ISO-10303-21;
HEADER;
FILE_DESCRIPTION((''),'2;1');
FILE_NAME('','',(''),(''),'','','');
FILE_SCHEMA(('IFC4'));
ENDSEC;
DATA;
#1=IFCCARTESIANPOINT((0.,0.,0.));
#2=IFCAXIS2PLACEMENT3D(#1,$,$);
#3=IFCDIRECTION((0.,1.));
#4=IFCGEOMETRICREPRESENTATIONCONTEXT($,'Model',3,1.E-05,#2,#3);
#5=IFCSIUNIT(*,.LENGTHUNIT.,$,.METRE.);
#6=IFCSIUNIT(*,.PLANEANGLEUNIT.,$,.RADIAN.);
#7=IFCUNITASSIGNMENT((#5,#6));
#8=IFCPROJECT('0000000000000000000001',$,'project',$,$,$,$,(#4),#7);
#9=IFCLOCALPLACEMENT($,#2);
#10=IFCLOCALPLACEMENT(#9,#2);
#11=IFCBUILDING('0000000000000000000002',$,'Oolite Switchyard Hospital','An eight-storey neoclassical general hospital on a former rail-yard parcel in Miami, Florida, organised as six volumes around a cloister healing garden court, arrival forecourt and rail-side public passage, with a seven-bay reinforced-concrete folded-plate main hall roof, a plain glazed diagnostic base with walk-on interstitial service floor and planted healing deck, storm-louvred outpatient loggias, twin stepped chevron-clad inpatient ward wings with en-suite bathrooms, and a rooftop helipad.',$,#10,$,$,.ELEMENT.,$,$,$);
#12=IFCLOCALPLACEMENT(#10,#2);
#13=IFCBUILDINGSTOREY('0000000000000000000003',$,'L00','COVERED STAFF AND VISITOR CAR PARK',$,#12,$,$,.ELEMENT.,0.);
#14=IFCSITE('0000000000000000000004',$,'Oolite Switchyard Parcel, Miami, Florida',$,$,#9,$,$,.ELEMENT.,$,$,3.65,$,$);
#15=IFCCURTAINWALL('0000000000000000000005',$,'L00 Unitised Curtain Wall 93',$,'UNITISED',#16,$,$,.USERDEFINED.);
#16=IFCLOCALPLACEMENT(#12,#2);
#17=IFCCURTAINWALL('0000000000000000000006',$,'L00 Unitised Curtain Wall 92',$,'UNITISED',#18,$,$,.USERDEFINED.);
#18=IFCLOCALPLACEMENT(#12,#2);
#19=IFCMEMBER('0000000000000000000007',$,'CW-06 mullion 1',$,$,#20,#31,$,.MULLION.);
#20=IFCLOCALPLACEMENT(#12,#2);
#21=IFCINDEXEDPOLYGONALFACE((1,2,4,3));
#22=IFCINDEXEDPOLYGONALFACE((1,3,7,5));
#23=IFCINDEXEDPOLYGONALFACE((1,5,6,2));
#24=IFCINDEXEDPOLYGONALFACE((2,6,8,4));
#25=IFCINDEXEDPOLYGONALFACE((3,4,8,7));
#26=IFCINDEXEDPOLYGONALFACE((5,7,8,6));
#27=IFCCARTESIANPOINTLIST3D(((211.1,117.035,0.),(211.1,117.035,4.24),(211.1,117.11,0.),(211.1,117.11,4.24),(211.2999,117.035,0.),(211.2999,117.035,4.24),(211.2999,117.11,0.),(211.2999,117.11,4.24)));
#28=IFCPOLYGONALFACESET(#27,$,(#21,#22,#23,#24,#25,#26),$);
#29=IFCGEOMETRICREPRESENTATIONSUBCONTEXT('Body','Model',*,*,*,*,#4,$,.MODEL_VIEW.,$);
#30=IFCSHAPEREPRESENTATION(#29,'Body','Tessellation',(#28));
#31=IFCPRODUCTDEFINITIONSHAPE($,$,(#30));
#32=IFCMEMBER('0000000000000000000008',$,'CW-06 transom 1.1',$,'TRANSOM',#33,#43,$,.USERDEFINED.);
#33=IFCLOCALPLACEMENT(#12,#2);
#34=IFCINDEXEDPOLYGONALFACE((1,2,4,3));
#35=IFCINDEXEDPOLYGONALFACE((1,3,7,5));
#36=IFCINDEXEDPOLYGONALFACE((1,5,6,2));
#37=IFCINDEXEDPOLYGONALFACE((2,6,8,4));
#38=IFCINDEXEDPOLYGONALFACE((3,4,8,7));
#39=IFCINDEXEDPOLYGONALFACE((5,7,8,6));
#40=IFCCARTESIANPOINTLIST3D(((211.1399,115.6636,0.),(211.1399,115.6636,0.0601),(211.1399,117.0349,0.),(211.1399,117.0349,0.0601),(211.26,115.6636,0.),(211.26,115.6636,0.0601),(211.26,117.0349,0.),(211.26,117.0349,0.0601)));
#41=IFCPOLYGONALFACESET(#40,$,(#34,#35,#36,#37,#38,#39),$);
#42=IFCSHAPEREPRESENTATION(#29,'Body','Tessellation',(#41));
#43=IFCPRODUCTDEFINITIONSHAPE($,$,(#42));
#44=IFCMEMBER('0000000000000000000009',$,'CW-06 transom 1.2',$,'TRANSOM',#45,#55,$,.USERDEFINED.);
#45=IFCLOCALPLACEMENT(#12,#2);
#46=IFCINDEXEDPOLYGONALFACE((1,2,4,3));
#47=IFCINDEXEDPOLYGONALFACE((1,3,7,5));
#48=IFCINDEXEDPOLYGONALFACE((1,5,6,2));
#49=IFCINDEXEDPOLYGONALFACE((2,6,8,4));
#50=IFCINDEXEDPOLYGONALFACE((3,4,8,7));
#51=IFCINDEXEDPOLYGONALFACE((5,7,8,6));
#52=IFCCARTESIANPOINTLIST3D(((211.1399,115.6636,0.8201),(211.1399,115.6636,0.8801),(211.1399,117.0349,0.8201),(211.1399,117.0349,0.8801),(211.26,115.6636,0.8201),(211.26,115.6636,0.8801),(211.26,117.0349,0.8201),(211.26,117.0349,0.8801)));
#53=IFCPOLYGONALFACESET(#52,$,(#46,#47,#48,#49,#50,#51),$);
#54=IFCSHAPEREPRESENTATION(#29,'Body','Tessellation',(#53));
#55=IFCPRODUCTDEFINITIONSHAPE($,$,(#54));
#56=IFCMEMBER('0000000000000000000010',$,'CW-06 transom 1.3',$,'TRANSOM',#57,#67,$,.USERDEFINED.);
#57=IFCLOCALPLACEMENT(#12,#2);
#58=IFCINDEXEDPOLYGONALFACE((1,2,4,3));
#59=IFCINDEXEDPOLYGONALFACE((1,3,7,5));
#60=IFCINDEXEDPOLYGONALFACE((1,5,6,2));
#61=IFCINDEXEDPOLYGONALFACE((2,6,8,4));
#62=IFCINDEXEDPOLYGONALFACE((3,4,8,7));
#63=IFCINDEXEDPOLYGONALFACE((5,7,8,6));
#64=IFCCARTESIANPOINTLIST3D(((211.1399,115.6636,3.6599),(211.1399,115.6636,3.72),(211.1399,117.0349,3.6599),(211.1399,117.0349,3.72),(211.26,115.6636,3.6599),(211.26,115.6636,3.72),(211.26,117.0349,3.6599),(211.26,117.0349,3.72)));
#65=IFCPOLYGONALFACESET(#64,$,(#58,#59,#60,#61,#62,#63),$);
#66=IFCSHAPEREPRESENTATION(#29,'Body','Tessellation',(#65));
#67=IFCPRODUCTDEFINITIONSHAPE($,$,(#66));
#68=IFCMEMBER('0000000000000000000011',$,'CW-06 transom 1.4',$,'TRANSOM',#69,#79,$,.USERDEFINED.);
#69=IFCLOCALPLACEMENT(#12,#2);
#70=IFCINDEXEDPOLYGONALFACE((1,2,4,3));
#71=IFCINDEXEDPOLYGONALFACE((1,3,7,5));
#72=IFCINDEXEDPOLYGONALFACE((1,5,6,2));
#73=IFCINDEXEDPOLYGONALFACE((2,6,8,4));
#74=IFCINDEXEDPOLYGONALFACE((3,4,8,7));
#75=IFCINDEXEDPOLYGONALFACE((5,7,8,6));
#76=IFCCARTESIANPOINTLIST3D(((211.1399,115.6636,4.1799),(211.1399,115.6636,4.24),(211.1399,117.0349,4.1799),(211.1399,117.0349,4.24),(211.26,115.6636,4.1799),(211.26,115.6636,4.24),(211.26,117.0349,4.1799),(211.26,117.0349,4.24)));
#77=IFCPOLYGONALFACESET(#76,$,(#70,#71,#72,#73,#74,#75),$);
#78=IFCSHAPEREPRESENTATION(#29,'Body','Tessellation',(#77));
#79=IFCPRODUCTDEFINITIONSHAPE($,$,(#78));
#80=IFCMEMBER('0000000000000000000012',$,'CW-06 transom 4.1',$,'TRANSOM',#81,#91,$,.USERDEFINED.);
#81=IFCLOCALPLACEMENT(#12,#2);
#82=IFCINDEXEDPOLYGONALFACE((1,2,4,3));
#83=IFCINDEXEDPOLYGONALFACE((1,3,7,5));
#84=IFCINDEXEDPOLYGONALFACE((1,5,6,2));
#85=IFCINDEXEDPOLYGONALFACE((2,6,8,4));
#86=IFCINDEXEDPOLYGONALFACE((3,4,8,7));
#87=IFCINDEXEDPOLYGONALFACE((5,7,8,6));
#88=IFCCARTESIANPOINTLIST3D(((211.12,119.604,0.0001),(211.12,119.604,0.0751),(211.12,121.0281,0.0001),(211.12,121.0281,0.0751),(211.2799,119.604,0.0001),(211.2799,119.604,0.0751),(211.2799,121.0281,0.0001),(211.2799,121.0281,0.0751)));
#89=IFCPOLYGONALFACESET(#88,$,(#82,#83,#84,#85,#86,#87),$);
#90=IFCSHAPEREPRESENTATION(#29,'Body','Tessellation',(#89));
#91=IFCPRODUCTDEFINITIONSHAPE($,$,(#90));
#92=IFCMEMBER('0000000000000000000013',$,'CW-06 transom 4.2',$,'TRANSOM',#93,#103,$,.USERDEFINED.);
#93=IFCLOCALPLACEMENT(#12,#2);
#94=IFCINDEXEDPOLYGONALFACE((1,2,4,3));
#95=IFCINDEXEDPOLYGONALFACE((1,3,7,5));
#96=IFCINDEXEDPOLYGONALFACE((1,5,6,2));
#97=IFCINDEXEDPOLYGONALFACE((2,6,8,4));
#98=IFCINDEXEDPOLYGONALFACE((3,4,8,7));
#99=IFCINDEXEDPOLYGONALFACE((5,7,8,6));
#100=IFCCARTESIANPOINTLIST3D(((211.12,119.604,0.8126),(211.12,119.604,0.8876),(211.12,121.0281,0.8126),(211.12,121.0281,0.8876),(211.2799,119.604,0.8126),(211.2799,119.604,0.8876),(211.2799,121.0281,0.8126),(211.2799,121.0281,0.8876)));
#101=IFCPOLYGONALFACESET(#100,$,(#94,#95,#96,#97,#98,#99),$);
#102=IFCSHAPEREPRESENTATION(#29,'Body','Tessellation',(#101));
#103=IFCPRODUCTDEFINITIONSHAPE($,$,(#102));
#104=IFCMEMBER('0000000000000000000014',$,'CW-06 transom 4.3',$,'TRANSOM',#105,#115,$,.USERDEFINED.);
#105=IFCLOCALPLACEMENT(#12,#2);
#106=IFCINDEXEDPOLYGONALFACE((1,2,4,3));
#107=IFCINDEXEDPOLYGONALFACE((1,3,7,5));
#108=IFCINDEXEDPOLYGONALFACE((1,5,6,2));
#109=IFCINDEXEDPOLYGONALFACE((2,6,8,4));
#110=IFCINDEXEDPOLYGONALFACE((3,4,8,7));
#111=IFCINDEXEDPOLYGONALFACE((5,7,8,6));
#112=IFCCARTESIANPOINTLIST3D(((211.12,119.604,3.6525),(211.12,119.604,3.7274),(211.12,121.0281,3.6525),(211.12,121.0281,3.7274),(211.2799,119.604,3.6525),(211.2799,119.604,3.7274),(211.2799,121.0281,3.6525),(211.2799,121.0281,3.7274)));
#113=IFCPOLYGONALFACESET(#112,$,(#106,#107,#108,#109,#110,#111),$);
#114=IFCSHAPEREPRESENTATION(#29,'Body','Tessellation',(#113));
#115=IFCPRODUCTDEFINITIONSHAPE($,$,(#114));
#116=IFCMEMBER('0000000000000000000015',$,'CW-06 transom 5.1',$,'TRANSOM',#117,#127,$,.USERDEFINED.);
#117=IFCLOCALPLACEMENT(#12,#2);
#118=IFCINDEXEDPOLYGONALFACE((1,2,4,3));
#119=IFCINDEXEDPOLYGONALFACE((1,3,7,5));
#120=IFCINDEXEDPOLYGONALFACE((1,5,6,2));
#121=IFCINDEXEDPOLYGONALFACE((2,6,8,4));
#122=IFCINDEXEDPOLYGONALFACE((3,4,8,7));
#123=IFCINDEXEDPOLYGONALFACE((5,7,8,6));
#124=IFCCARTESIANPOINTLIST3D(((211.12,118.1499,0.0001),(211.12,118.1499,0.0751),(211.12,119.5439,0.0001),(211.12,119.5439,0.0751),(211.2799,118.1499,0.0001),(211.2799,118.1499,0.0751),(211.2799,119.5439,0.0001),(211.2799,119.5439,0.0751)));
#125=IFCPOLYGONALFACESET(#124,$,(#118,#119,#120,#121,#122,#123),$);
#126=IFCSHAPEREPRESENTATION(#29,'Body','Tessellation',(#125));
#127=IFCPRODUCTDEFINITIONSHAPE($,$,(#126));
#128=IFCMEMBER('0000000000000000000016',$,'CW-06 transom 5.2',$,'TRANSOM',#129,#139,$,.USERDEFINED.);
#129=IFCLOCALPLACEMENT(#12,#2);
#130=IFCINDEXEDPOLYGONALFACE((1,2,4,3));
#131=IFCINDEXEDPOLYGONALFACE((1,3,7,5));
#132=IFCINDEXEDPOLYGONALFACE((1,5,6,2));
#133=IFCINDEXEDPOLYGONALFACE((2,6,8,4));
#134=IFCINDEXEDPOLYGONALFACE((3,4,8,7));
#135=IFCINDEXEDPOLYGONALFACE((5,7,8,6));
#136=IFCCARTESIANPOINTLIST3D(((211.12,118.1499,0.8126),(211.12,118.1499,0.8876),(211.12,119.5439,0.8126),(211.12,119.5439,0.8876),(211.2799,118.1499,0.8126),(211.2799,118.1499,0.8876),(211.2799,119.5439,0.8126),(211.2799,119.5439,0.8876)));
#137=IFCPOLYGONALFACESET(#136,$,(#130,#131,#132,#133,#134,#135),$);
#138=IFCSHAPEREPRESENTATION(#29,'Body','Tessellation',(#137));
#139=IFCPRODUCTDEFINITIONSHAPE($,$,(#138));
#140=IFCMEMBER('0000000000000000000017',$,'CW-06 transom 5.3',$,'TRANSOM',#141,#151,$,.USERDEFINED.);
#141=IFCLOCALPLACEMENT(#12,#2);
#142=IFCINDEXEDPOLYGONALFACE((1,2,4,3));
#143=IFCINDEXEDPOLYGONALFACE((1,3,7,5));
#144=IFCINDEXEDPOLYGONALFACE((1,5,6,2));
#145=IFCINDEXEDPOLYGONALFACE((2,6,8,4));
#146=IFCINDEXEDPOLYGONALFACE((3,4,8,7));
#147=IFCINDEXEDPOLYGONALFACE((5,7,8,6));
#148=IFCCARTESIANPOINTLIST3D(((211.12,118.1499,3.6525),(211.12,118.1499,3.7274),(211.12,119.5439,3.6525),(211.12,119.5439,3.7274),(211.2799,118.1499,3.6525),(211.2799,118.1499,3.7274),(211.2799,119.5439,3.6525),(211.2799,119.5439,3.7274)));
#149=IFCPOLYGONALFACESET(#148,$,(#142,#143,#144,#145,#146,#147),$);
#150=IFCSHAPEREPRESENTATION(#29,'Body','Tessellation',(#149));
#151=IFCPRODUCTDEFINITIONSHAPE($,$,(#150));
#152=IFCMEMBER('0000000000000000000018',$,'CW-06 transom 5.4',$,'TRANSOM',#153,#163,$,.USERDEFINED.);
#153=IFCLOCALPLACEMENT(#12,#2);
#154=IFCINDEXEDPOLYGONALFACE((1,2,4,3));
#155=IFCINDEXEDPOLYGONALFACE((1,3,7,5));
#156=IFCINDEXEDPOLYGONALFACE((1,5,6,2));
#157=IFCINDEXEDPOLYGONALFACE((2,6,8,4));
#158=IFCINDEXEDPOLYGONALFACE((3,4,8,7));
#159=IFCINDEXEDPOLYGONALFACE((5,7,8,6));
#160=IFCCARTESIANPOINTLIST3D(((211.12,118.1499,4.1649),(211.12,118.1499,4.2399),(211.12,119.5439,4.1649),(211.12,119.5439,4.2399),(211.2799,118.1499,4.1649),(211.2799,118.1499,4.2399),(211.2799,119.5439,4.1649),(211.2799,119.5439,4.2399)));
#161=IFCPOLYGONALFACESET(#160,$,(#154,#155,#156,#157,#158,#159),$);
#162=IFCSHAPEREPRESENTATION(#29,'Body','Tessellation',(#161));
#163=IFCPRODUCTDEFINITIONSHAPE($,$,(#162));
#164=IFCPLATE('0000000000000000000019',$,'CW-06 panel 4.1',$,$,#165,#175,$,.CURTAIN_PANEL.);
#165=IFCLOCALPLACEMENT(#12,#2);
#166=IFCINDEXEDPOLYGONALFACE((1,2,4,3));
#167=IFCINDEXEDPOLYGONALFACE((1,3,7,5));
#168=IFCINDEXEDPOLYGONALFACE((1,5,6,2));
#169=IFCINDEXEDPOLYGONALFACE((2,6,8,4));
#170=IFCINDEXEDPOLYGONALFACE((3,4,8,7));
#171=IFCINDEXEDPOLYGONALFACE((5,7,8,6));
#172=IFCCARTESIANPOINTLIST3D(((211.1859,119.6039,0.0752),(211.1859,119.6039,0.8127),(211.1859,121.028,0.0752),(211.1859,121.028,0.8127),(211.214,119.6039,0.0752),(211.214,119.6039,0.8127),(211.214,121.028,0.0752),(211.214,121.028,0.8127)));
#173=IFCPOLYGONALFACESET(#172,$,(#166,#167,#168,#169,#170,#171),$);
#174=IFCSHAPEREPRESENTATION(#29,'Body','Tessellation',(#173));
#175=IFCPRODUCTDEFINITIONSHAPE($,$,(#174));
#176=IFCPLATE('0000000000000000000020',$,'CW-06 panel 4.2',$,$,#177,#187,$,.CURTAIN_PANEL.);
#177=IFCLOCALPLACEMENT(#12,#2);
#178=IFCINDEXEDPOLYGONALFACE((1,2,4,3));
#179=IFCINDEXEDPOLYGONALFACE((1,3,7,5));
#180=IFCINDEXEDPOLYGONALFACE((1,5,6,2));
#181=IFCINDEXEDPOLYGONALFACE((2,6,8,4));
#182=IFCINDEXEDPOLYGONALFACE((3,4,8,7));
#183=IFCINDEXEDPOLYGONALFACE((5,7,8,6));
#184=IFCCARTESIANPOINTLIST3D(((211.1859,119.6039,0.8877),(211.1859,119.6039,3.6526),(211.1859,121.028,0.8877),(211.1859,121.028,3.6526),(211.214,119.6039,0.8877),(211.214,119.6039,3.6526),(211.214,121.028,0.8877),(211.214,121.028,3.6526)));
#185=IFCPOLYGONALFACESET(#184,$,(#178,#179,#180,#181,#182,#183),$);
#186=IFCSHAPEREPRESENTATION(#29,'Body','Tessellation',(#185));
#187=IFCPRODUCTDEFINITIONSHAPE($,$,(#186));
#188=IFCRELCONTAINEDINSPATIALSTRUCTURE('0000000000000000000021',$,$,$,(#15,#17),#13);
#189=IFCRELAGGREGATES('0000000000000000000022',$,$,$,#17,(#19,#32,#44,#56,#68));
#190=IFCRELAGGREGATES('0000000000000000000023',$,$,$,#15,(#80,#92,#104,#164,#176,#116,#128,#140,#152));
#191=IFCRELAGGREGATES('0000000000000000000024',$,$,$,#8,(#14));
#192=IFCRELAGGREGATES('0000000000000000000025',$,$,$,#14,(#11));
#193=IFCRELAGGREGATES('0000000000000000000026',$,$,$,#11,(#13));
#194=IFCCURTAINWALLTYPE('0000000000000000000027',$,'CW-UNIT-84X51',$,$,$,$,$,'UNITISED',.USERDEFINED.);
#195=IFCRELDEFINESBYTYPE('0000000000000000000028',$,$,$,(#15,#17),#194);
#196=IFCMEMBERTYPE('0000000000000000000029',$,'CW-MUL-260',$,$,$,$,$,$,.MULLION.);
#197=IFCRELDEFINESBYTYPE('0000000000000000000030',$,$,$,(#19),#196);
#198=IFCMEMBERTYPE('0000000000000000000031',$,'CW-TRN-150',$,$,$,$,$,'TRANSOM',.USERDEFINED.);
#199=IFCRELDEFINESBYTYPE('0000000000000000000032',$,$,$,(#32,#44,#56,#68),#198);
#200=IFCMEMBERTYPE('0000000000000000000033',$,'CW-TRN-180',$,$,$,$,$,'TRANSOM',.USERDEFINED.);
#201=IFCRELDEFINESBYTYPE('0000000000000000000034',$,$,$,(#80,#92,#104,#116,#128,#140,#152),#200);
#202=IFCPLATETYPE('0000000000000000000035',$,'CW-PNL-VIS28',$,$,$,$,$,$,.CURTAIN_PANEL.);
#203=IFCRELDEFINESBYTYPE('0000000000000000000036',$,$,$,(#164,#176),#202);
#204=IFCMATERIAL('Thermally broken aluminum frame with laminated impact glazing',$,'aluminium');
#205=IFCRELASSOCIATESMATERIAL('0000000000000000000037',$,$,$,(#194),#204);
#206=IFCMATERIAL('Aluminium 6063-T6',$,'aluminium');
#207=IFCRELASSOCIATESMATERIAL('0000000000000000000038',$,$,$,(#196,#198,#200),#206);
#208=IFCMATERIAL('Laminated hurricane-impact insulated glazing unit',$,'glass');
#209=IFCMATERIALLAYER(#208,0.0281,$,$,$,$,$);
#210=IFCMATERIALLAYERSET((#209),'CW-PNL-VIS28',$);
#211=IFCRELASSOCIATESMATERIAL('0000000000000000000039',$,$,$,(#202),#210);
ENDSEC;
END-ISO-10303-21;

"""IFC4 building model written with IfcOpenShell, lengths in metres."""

from ifc_helpers import new_model, si_unit, direction, frame, origin, origin_2d, place, context, subcontext, project, spatial, rectangle, extrude, material, layer, layer_set, material_profile, profile_set, type_object, element, aggregate, save


model = new_model("IFC4")

# Units and contexts
model_context = context("Model", 3, precision=1e-05, world=origin(), true_north=direction((0.0, 1.0)))
body_context = subcontext(model_context, "Body", "Model", "MODEL_VIEW")
ifc_project = project(units=[si_unit("LENGTHUNIT", "METRE"), si_unit("PLANEANGLEUNIT", "RADIAN")], contexts=[model_context])

# Site, building, storey
site_placement = place(None, origin())
site = spatial("IfcSite", under=ifc_project, at=site_placement, Name="Oolite Switchyard Parcel, Miami, Florida", CompositionType="ELEMENT", RefElevation=3.65)
building_placement = place(site_placement, origin())
building = spatial("IfcBuilding", under=site, at=building_placement, Name="Oolite Switchyard Hospital", Description="An eight-storey neoclassical general hospital on a former rail-yard parcel in Miami, Florida, organised as six volumes around a cloister healing garden court, arrival forecourt and rail-side public passage, with a seven-bay reinforced-concrete folded-plate main hall roof, a plain glazed diagnostic base with walk-on interstitial service floor and planted healing deck, storm-louvred outpatient loggias, twin stepped chevron-clad inpatient ward wings with en-suite bathrooms, and a rooftop helipad.", CompositionType="ELEMENT")
storey_placement = place(building_placement, origin())
storey = spatial("IfcBuildingStorey", under=building, at=storey_placement, Name="L00", Description="COVERED STAFF AND VISITOR CAR PARK", CompositionType="ELEMENT", Elevation=0.0)

# Curtain walls, members
ifc_material_1 = material(Name="Thermally broken aluminum frame with laminated impact glazing", Category="aluminium")
curtain_wall_type = type_object("IfcCurtainWallType", Name="CW-UNIT-84X51", ElementType="UNITISED", PredefinedType="USERDEFINED", material=ifc_material_1)
curtain_wall_1_placement = place(storey_placement, origin())
curtain_wall_1 = element("IfcCurtainWall", 1, at=curtain_wall_1_placement, inside=storey, type_object=curtain_wall_type, Name="L00 Unitised Curtain Wall 93", ObjectType="UNITISED", PredefinedType="USERDEFINED")
ifc_material_2 = material(Name="Aluminium 6063-T6", Category="aluminium")
curtain_wall_2_placement = place(storey_placement, origin())
curtain_wall_2 = element("IfcCurtainWall", 2, at=curtain_wall_2_placement, inside=storey, type_object=curtain_wall_type, Name="L00 Unitised Curtain Wall 92", ObjectType="UNITISED", PredefinedType="USERDEFINED")
ifc_material_profile_1 = material_profile(ifc_material_2, rectangle(XDim=0.2, YDim=0.075, at=origin_2d()), Name="CWM75X200")
ifc_profile_set_1 = profile_set([ifc_material_profile_1], Name="Aluminium 6063-T6")
member_type_1 = type_object("IfcMemberType", Name="CW-MUL-260", PredefinedType="MULLION", material=ifc_profile_set_1)
member_1_placement = place(storey_placement, frame((211.2, 117.0725, 0.0), z_axis=(0.0, 0.0, 1.0), x_axis=(1.0, 0.0, 0.0)))
member_1 = element("IfcMember", 3, at=member_1_placement, type_object=member_type_1, Name="CW-06 mullion 1", PredefinedType="MULLION", context=body_context, shape_type="SweptSolid", body=[
    extrude(rectangle(XDim=0.2, YDim=0.075, at=origin_2d()), origin(), (0.0, 0.0, 1.0), 4.24),
])
ifc_material_profile_2 = material_profile(ifc_material_2, rectangle(XDim=0.1201, YDim=0.0601, at=origin_2d()), Name="CWT60X120")
ifc_profile_set_2 = profile_set([ifc_material_profile_2], Name="Aluminium 6063-T6")
member_type_2 = type_object("IfcMemberType", Name="CW-TRN-150", ElementType="TRANSOM", PredefinedType="USERDEFINED", material=ifc_profile_set_2)
member_2_placement = place(storey_placement, frame((211.2, 117.0349, 0.03), z_axis=(0.0, -1.0, 0.0), x_axis=(1.0, 0.0, 0.0)))
member_2 = element("IfcMember", 4, at=member_2_placement, type_object=member_type_2, Name="CW-06 transom 1.1", ObjectType="TRANSOM", PredefinedType="USERDEFINED", context=body_context, shape_type="SweptSolid", body=[
    extrude(rectangle(XDim=0.1201, YDim=0.0601, at=origin_2d()), origin(), (0.0, 0.0, 1.0), 1.3713),
])
member_3_placement = place(storey_placement, frame((211.2, 117.0349, 0.8501), z_axis=(0.0, -1.0, 0.0), x_axis=(1.0, 0.0, 0.0)))
member_3 = element("IfcMember", 5, at=member_3_placement, type_object=member_type_2, Name="CW-06 transom 1.2", ObjectType="TRANSOM", PredefinedType="USERDEFINED", context=body_context, shape_type="SweptSolid", body=[
    extrude(rectangle(XDim=0.1201, YDim=0.0601, at=origin_2d()), origin(), (0.0, 0.0, 1.0), 1.3713),
])
member_4_placement = place(storey_placement, frame((211.2, 117.0349, 3.6899), z_axis=(0.0, -1.0, 0.0), x_axis=(1.0, 0.0, 0.0)))
member_4 = element("IfcMember", 6, at=member_4_placement, type_object=member_type_2, Name="CW-06 transom 1.3", ObjectType="TRANSOM", PredefinedType="USERDEFINED", context=body_context, shape_type="SweptSolid", body=[
    extrude(rectangle(XDim=0.1201, YDim=0.0601, at=origin_2d()), origin(), (0.0, 0.0, 1.0), 1.3713),
])
member_5_placement = place(storey_placement, frame((211.2, 117.0349, 4.21), z_axis=(0.0, -1.0, 0.0), x_axis=(1.0, 0.0, 0.0)))
member_5 = element("IfcMember", 7, at=member_5_placement, type_object=member_type_2, Name="CW-06 transom 1.4", ObjectType="TRANSOM", PredefinedType="USERDEFINED", context=body_context, shape_type="SweptSolid", body=[
    extrude(rectangle(XDim=0.1201, YDim=0.0601, at=origin_2d()), origin(), (0.0, 0.0, 1.0), 1.3713),
])
aggregate(curtain_wall_2, [member_1, member_2, member_3, member_4, member_5])

# Members
ifc_material_profile_3 = material_profile(ifc_material_2, rectangle(XDim=0.1599, YDim=0.075, at=origin_2d()), Name="CWT75X160")
ifc_profile_set_3 = profile_set([ifc_material_profile_3], Name="Aluminium 6063-T6")
member_type_3 = type_object("IfcMemberType", Name="CW-TRN-180", ElementType="TRANSOM", PredefinedType="USERDEFINED", material=ifc_profile_set_3)
member_6_placement = place(storey_placement, frame((211.2, 121.0281, 0.0376), z_axis=(0.0, -1.0, 0.0), x_axis=(1.0, 0.0, 0.0)))
member_6 = element("IfcMember", 8, at=member_6_placement, type_object=member_type_3, Name="CW-06 transom 4.1", ObjectType="TRANSOM", PredefinedType="USERDEFINED", context=body_context, shape_type="SweptSolid", body=[
    extrude(rectangle(XDim=0.1599, YDim=0.075, at=origin_2d()), origin(), (0.0, 0.0, 1.0), 1.4241),
])
member_7_placement = place(storey_placement, frame((211.2, 121.0281, 0.8501), z_axis=(0.0, -1.0, 0.0), x_axis=(1.0, 0.0, 0.0)))
member_7 = element("IfcMember", 9, at=member_7_placement, type_object=member_type_3, Name="CW-06 transom 4.2", ObjectType="TRANSOM", PredefinedType="USERDEFINED", context=body_context, shape_type="SweptSolid", body=[
    extrude(rectangle(XDim=0.1599, YDim=0.075, at=origin_2d()), origin(), (0.0, 0.0, 1.0), 1.4241),
])
member_8_placement = place(storey_placement, frame((211.2, 121.0281, 3.6899), z_axis=(0.0, -1.0, 0.0), x_axis=(1.0, 0.0, 0.0)))
member_8 = element("IfcMember", 10, at=member_8_placement, type_object=member_type_3, Name="CW-06 transom 4.3", ObjectType="TRANSOM", PredefinedType="USERDEFINED", context=body_context, shape_type="SweptSolid", body=[
    extrude(rectangle(XDim=0.1599, YDim=0.075, at=origin_2d()), origin(), (0.0, 0.0, 1.0), 1.4241),
])
member_9_placement = place(storey_placement, frame((211.2, 119.5439, 0.0376), z_axis=(0.0, -1.0, 0.0), x_axis=(1.0, 0.0, 0.0)))
member_9 = element("IfcMember", 11, at=member_9_placement, type_object=member_type_3, Name="CW-06 transom 5.1", ObjectType="TRANSOM", PredefinedType="USERDEFINED", context=body_context, shape_type="SweptSolid", body=[
    extrude(rectangle(XDim=0.1599, YDim=0.075, at=origin_2d()), origin(), (0.0, 0.0, 1.0), 1.394),
])
member_10_placement = place(storey_placement, frame((211.2, 119.5439, 0.8501), z_axis=(0.0, -1.0, 0.0), x_axis=(1.0, 0.0, 0.0)))
member_10 = element("IfcMember", 12, at=member_10_placement, type_object=member_type_3, Name="CW-06 transom 5.2", ObjectType="TRANSOM", PredefinedType="USERDEFINED", context=body_context, shape_type="SweptSolid", body=[
    extrude(rectangle(XDim=0.1599, YDim=0.075, at=origin_2d()), origin(), (0.0, 0.0, 1.0), 1.394),
])
member_11_placement = place(storey_placement, frame((211.2, 119.5439, 3.6899), z_axis=(0.0, -1.0, 0.0), x_axis=(1.0, 0.0, 0.0)))
member_11 = element("IfcMember", 13, at=member_11_placement, type_object=member_type_3, Name="CW-06 transom 5.3", ObjectType="TRANSOM", PredefinedType="USERDEFINED", context=body_context, shape_type="SweptSolid", body=[
    extrude(rectangle(XDim=0.1599, YDim=0.075, at=origin_2d()), origin(), (0.0, 0.0, 1.0), 1.394),
])
member_12_placement = place(storey_placement, frame((211.2, 119.5439, 4.2024), z_axis=(0.0, -1.0, 0.0), x_axis=(1.0, 0.0, 0.0)))
member_12 = element("IfcMember", 14, at=member_12_placement, type_object=member_type_3, Name="CW-06 transom 5.4", ObjectType="TRANSOM", PredefinedType="USERDEFINED", context=body_context, shape_type="SweptSolid", body=[
    extrude(rectangle(XDim=0.1599, YDim=0.075, at=origin_2d()), origin(), (0.0, 0.0, 1.0), 1.394),
])

# Plates
ifc_material_3 = material(Name="Laminated hurricane-impact insulated glazing unit", Category="glass")
ifc_layer = layer(ifc_material_3, 0.0281)
ifc_layer_set = layer_set([ifc_layer], Name="CW-PNL-VIS28")
plate_type = type_object("IfcPlateType", Name="CW-PNL-VIS28", PredefinedType="CURTAIN_PANEL", material=ifc_layer_set)
plate_1_placement = place(storey_placement, frame((211.2, 120.3159, 0.0752), z_axis=(0.0, 0.0, 1.0), x_axis=(0.0, -1.0, 0.0)))
plate_1 = element("IfcPlate", 15, at=plate_1_placement, type_object=plate_type, Name="CW-06 panel 4.1", PredefinedType="CURTAIN_PANEL", context=body_context, shape_type="SweptSolid", body=[
    extrude(rectangle(XDim=1.4241, YDim=0.0281, at=origin_2d()), origin(), (0.0, 0.0, 1.0), 0.7375),
])
plate_2_placement = place(storey_placement, frame((211.2, 120.3159, 0.8877), z_axis=(0.0, 0.0, 1.0), x_axis=(0.0, -1.0, 0.0)))
plate_2 = element("IfcPlate", 16, at=plate_2_placement, type_object=plate_type, Name="CW-06 panel 4.2", PredefinedType="CURTAIN_PANEL", context=body_context, shape_type="SweptSolid", body=[
    extrude(rectangle(XDim=1.4241, YDim=0.0281, at=origin_2d()), origin(), (0.0, 0.0, 1.0), 2.7649),
])
aggregate(curtain_wall_1, [member_6, member_7, member_8, plate_1, plate_2, member_9, member_10, member_11, member_12])

save(model, "model.ifc")
